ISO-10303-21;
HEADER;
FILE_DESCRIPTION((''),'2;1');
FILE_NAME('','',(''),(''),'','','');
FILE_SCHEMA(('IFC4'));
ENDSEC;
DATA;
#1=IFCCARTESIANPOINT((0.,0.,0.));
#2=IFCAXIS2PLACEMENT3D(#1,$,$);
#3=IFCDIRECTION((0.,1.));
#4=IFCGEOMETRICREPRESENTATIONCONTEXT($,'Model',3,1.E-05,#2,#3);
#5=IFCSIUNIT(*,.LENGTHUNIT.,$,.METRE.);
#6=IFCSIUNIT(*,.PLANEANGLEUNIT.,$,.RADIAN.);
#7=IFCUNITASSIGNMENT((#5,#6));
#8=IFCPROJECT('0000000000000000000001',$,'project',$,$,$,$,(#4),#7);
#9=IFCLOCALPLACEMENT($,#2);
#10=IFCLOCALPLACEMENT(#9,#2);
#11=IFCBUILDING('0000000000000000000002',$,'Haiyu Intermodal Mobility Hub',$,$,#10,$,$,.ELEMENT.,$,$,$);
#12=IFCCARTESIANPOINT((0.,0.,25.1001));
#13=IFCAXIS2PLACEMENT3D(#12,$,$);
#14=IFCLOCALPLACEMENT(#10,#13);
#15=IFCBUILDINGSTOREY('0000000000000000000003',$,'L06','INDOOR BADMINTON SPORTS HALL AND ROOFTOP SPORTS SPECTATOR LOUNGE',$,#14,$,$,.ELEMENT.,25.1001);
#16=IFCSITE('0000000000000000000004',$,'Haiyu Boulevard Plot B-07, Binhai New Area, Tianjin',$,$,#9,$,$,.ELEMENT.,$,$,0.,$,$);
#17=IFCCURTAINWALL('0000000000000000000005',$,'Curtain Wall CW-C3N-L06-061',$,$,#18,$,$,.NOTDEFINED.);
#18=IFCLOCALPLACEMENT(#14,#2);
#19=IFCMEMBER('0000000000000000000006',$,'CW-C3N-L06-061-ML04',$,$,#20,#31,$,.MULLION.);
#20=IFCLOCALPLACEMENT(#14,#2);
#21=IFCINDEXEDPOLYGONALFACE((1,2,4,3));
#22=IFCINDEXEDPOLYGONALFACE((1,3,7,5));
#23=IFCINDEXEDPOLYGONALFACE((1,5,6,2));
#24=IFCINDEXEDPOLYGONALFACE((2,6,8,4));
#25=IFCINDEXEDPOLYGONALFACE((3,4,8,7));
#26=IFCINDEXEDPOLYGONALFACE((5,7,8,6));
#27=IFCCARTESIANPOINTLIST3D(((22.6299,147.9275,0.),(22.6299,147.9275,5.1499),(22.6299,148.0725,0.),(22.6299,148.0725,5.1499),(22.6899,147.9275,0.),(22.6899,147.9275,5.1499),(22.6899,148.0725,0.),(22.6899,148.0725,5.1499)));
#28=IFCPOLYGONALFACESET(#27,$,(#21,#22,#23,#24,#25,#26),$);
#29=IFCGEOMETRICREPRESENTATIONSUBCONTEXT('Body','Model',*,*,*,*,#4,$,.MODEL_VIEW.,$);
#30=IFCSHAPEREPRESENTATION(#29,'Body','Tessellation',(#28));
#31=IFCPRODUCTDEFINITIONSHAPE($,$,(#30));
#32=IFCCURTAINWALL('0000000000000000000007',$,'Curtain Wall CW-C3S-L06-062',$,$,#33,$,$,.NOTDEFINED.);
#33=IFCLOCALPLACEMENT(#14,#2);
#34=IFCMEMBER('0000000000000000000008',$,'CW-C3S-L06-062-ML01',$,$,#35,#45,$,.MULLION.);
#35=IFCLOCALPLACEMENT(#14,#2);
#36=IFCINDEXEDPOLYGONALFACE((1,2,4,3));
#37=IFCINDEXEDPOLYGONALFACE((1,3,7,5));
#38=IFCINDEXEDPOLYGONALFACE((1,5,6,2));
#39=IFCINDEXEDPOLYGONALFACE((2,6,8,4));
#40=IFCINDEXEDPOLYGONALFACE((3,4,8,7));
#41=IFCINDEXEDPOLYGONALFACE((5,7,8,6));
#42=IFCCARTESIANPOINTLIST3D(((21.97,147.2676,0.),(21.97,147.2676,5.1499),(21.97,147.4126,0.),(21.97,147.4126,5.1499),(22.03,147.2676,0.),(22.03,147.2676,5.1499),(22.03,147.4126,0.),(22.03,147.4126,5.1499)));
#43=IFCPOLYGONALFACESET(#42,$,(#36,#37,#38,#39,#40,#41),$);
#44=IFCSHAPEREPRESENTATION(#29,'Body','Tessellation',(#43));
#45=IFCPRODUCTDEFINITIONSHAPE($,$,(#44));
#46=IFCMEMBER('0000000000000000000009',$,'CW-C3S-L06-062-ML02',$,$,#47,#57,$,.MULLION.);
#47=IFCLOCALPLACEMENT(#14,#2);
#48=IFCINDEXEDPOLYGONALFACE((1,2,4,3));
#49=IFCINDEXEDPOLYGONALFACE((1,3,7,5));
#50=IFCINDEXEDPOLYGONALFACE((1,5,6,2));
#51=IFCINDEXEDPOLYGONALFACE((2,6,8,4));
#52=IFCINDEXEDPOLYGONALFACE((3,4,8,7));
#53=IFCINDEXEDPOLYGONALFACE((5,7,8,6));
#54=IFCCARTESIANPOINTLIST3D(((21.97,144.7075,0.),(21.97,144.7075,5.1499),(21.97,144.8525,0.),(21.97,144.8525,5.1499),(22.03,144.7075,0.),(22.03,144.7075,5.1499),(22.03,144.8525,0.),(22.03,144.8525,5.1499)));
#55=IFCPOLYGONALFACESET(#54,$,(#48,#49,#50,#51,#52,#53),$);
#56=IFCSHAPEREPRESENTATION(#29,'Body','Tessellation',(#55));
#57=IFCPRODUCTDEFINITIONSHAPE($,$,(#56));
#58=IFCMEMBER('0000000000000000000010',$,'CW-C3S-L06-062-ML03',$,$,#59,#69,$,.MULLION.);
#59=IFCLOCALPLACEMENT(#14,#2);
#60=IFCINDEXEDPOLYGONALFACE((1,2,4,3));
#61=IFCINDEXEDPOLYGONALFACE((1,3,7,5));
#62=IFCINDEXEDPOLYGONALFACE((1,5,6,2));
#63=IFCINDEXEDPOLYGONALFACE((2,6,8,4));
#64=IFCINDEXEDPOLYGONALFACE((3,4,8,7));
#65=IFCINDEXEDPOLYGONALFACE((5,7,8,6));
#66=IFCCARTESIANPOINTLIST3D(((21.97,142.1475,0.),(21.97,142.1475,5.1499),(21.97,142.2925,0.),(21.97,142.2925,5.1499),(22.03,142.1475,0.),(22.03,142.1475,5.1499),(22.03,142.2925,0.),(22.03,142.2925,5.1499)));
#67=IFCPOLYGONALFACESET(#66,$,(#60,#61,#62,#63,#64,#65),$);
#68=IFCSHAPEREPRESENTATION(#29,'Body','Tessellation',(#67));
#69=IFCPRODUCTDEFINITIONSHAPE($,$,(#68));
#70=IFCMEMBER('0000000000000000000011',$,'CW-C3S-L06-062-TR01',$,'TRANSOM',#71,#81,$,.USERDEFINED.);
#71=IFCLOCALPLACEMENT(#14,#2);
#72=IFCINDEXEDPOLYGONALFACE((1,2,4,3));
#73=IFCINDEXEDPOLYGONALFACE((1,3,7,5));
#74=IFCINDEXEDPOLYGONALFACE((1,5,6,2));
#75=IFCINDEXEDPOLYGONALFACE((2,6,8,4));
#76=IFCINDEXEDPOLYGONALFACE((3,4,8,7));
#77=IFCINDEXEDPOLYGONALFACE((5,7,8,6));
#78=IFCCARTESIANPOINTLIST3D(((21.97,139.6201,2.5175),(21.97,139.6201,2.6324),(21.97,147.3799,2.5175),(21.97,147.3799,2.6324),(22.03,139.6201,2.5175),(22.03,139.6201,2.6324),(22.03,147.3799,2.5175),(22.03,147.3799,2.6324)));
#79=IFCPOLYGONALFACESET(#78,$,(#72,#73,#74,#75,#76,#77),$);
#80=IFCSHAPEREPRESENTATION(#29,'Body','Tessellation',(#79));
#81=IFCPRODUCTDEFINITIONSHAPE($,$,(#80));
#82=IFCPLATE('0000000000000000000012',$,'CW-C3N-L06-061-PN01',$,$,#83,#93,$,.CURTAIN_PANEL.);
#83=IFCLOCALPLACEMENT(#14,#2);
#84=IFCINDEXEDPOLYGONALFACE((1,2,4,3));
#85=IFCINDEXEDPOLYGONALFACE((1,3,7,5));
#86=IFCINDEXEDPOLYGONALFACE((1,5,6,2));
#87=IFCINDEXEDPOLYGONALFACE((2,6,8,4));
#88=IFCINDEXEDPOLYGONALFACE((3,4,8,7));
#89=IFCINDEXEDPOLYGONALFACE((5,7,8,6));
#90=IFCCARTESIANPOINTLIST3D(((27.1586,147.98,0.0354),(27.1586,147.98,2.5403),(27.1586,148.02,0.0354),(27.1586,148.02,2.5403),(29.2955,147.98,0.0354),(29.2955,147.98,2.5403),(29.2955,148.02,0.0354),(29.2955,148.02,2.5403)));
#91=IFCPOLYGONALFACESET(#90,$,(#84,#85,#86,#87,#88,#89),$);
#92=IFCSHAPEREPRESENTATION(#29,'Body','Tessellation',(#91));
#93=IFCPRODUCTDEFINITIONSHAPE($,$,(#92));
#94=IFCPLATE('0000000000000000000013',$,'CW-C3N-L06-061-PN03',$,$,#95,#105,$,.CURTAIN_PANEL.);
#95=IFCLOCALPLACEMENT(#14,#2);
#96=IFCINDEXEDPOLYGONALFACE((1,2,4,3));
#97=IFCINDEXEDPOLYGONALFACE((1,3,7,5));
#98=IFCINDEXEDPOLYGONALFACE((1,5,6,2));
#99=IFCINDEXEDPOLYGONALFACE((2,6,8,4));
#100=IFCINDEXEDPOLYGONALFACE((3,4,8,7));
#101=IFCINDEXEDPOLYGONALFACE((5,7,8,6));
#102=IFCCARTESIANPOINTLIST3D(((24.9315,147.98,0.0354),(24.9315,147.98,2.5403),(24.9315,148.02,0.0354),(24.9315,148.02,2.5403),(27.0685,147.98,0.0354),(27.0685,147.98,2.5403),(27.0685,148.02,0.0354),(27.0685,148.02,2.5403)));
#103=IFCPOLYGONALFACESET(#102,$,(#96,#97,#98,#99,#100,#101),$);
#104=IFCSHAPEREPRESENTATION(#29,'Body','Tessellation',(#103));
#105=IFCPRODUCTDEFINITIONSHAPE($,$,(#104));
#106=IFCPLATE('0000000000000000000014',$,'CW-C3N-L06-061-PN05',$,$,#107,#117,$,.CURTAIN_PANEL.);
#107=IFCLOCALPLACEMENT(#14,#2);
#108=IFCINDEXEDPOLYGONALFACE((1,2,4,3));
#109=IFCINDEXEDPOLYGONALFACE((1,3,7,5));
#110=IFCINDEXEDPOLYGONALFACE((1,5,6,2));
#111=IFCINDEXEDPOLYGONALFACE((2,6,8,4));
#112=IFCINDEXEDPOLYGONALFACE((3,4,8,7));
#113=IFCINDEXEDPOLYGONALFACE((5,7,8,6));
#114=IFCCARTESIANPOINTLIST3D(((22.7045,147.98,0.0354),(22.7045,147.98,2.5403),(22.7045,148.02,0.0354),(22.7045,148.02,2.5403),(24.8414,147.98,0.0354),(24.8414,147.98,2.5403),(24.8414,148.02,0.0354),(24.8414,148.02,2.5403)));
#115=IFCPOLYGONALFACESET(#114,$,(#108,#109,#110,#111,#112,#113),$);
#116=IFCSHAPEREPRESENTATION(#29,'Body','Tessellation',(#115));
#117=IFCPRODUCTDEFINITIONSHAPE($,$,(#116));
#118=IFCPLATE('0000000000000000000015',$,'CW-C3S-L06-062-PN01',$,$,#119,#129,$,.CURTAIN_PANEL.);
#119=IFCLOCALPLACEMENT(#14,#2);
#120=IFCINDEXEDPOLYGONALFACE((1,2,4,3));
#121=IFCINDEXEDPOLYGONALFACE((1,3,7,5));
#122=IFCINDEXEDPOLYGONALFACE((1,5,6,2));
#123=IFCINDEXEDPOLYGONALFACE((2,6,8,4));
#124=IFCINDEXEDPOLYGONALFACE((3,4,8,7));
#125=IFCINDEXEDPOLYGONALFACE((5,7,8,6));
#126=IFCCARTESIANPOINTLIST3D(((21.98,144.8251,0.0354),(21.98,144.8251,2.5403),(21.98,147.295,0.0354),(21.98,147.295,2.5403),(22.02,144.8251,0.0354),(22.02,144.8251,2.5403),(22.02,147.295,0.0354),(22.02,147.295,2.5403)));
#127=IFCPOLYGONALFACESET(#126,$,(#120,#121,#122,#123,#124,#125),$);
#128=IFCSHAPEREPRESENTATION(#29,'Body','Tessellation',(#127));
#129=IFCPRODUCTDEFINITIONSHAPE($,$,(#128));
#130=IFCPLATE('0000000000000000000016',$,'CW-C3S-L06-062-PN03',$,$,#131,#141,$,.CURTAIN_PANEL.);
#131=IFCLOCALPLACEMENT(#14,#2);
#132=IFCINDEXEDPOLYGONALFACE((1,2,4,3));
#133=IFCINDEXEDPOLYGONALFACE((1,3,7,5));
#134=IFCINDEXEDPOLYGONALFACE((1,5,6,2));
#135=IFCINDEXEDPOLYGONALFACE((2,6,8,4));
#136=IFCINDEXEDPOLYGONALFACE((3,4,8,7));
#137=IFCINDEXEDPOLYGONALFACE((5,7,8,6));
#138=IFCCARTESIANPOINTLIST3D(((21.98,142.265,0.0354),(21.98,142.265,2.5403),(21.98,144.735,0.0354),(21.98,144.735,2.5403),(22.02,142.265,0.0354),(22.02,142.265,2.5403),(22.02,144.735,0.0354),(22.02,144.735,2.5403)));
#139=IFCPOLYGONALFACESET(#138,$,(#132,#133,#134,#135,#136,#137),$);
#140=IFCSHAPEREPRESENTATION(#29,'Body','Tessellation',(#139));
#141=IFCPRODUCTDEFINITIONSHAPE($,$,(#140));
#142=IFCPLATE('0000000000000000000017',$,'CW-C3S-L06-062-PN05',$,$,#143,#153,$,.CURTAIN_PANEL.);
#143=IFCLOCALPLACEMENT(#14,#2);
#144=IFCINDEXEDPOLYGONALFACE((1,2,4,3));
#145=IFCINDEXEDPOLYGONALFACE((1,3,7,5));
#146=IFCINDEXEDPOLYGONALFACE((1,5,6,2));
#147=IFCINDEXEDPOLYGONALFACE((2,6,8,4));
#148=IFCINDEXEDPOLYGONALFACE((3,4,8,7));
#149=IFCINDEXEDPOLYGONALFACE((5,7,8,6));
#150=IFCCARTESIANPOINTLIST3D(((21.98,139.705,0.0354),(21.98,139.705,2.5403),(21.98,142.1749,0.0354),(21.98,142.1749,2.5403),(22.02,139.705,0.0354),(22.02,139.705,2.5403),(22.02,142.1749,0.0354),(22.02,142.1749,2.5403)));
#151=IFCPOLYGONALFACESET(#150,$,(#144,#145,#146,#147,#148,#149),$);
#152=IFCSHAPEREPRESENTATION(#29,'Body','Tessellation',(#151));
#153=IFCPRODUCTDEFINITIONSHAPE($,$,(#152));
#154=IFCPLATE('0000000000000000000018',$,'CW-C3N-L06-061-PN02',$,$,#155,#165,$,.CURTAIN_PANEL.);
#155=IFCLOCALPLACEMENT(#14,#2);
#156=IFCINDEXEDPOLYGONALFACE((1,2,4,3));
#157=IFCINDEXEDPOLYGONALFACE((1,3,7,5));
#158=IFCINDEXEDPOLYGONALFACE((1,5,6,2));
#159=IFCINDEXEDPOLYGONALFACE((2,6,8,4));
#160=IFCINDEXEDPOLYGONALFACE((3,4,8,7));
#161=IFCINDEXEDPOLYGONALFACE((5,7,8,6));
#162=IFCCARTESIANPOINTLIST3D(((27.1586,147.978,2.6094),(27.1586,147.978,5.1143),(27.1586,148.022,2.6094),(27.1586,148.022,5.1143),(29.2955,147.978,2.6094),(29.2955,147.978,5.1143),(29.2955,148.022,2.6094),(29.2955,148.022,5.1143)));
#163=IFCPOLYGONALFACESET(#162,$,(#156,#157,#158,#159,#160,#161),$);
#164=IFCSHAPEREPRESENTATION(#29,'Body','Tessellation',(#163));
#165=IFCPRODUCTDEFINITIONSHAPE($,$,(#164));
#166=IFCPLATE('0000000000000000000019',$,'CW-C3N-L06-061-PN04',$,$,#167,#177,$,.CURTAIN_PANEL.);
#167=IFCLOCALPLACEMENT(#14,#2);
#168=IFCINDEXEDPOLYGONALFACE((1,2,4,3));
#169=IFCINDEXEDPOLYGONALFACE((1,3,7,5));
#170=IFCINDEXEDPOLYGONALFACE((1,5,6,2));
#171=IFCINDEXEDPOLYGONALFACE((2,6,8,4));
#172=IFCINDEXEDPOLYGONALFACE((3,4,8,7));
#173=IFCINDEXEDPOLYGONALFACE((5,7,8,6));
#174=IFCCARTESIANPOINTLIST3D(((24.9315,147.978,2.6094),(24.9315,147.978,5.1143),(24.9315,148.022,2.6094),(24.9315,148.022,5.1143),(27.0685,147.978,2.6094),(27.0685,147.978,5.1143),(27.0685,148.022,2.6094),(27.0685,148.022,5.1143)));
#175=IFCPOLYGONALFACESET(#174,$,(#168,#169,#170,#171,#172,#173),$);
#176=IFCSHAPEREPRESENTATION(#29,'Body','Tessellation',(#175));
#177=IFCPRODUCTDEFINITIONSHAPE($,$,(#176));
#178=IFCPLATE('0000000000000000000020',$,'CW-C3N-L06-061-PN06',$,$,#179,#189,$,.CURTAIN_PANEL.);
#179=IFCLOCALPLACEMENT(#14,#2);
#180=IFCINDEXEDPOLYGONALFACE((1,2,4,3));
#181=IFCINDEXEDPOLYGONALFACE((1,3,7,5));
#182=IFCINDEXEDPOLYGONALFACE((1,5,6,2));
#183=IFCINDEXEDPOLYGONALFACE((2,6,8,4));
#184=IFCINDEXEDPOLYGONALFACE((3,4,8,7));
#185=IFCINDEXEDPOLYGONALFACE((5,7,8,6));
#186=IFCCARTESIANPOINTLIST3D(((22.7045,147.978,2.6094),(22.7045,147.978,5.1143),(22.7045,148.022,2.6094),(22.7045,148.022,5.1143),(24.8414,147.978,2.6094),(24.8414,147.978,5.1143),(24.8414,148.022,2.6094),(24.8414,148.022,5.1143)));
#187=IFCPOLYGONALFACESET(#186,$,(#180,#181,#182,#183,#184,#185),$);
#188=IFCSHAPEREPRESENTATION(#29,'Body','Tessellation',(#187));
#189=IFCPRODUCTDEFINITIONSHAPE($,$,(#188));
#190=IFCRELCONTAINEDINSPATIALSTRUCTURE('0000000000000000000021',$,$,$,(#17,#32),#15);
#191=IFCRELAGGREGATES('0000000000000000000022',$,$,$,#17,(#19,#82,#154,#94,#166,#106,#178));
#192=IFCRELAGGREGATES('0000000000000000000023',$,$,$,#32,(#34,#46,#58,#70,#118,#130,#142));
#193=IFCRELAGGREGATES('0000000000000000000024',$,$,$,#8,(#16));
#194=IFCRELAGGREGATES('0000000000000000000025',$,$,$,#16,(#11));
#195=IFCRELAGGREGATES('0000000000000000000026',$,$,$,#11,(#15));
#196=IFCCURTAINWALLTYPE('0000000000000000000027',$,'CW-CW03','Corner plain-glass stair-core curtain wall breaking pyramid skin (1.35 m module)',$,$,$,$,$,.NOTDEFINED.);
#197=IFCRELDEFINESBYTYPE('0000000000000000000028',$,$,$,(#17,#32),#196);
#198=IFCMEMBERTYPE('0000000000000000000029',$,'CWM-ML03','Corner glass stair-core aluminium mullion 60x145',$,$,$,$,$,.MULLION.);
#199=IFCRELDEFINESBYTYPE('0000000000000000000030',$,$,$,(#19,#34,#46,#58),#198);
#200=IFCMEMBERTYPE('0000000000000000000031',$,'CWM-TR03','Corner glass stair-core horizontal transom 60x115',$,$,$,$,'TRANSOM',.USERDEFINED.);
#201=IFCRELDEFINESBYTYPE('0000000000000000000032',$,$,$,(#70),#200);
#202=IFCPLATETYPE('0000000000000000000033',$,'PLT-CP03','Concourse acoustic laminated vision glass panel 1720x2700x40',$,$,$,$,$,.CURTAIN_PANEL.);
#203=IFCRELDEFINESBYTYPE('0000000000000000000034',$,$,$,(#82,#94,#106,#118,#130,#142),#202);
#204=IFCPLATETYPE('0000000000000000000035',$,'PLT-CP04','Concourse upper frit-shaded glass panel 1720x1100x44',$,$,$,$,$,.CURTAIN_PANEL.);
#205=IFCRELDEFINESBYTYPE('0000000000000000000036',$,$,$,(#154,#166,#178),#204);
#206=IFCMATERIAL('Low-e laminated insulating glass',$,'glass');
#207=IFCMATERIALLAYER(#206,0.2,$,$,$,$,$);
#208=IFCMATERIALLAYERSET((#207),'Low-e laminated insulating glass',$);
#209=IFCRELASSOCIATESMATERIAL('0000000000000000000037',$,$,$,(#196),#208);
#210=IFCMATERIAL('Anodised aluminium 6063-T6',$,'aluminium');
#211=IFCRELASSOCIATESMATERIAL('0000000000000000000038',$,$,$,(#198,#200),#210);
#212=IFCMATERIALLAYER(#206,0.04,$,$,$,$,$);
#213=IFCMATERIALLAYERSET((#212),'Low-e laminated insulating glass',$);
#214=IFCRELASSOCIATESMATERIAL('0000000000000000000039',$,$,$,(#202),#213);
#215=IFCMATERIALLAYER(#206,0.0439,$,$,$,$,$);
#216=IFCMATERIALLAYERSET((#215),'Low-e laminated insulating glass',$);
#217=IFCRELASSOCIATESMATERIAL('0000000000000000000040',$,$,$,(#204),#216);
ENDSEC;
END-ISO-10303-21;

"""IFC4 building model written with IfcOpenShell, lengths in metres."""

from ifc_helpers import new_model, si_unit, direction, frame, origin, origin_2d, place, context, subcontext, project, spatial, rectangle, extrude, material, layer, layer_set, material_profile, profile_set, type_object, element, aggregate, save


model = new_model("IFC4")

# Units and contexts
model_context = context("Model", 3, precision=1e-05, world=origin(), true_north=direction((0.0, 1.0)))
body_context = subcontext(model_context, "Body", "Model", "MODEL_VIEW")
ifc_project = project(units=[si_unit("LENGTHUNIT", "METRE"), si_unit("PLANEANGLEUNIT", "RADIAN")], contexts=[model_context])

# Site, building, storey
site_placement = place(None, origin())
site = spatial("IfcSite", under=ifc_project, at=site_placement, Name="Haiyu Boulevard Plot B-07, Binhai New Area, Tianjin", CompositionType="ELEMENT", RefElevation=0.0)
building_placement = place(site_placement, origin())
building = spatial("IfcBuilding", under=site, at=building_placement, Name="Haiyu Intermodal Mobility Hub", CompositionType="ELEMENT")
storey_placement = place(building_placement, frame((0.0, 0.0, 25.1001)))
storey = spatial("IfcBuildingStorey", under=building, at=storey_placement, Name="L06", Description="INDOOR BADMINTON SPORTS HALL AND ROOFTOP SPORTS SPECTATOR LOUNGE", CompositionType="ELEMENT", Elevation=25.1001)

# Curtain walls, members
ifc_material_1 = material(Name="Low-e laminated insulating glass", Category="glass")
ifc_layer_1 = layer(ifc_material_1, 0.2)
ifc_layer_set_1 = layer_set([ifc_layer_1], Name="Low-e laminated insulating glass")
curtain_wall_type = type_object("IfcCurtainWallType", Name="CW-CW03", Description="Corner plain-glass stair-core curtain wall breaking pyramid skin (1.35 m module)", PredefinedType="NOTDEFINED", material=ifc_layer_set_1)
curtain_wall_1_placement = place(storey_placement, origin())
curtain_wall_1 = element("IfcCurtainWall", 1, at=curtain_wall_1_placement, inside=storey, type_object=curtain_wall_type, Name="Curtain Wall CW-C3N-L06-061", PredefinedType="NOTDEFINED")
ifc_material_2 = material(Name="Anodised aluminium 6063-T6", Category="aluminium")
ifc_material_profile_1 = material_profile(ifc_material_2, rectangle(XDim=0.0601, YDim=0.145, at=origin_2d()), Name="ALU60x145")
ifc_profile_set_1 = profile_set([ifc_material_profile_1], Name="Anodised aluminium 6063-T6")
member_type_1 = type_object("IfcMemberType", Name="CWM-ML03", Description="Corner glass stair-core aluminium mullion 60x145", PredefinedType="MULLION", material=ifc_profile_set_1)
member_1_placement = place(storey_placement, frame((22.6599, 148.0, 0.0), z_axis=(0.0, 0.0, 1.0), x_axis=(1.0, 0.0, 0.0)))
member_1 = element("IfcMember", 2, at=member_1_placement, type_object=member_type_1, Name="CW-C3N-L06-061-ML04", PredefinedType="MULLION", context=body_context, shape_type="SweptSolid", body=[
    extrude(rectangle(XDim=0.0601, YDim=0.145, at=origin_2d()), origin(), (0.0, 0.0, 1.0), 5.1499),
])
curtain_wall_2_placement = place(storey_placement, origin())
curtain_wall_2 = element("IfcCurtainWall", 3, at=curtain_wall_2_placement, inside=storey, type_object=curtain_wall_type, Name="Curtain Wall CW-C3S-L06-062", PredefinedType="NOTDEFINED")
member_2_placement = place(storey_placement, frame((22.0, 147.3401, 0.0), z_axis=(0.0, 0.0, 1.0), x_axis=(1.0, 0.0, 0.0)))
member_2 = element("IfcMember", 4, at=member_2_placement, type_object=member_type_1, Name="CW-C3S-L06-062-ML01", PredefinedType="MULLION", context=body_context, shape_type="SweptSolid", body=[
    extrude(rectangle(XDim=0.0601, YDim=0.145, at=origin_2d()), origin(), (0.0, 0.0, 1.0), 5.1499),
])
member_3_placement = place(storey_placement, frame((22.0, 144.78, 0.0), z_axis=(0.0, 0.0, 1.0), x_axis=(1.0, 0.0, 0.0)))
member_3 = element("IfcMember", 5, at=member_3_placement, type_object=member_type_1, Name="CW-C3S-L06-062-ML02", PredefinedType="MULLION", context=body_context, shape_type="SweptSolid", body=[
    extrude(rectangle(XDim=0.0601, YDim=0.145, at=origin_2d()), origin(), (0.0, 0.0, 1.0), 5.1499),
])
member_4_placement = place(storey_placement, frame((22.0, 142.22, 0.0), z_axis=(0.0, 0.0, 1.0), x_axis=(1.0, 0.0, 0.0)))
member_4 = element("IfcMember", 6, at=member_4_placement, type_object=member_type_1, Name="CW-C3S-L06-062-ML03", PredefinedType="MULLION", context=body_context, shape_type="SweptSolid", body=[
    extrude(rectangle(XDim=0.0601, YDim=0.145, at=origin_2d()), origin(), (0.0, 0.0, 1.0), 5.1499),
])
ifc_material_profile_2 = material_profile(ifc_material_2, rectangle(XDim=0.0601, YDim=0.115, at=origin_2d()), Name="ALU60x115")
ifc_profile_set_2 = profile_set([ifc_material_profile_2], Name="Anodised aluminium 6063-T6")
member_type_2 = type_object("IfcMemberType", Name="CWM-TR03", Description="Corner glass stair-core horizontal transom 60x115", ElementType="TRANSOM", PredefinedType="USERDEFINED", material=ifc_profile_set_2)
member_5_placement = place(storey_placement, frame((22.0, 147.3799, 2.575), z_axis=(0.0, -1.0, 0.0), x_axis=(1.0, 0.0, 0.0)))
member_5 = element("IfcMember", 7, at=member_5_placement, type_object=member_type_2, Name="CW-C3S-L06-062-TR01", ObjectType="TRANSOM", PredefinedType="USERDEFINED", context=body_context, shape_type="SweptSolid", body=[
    extrude(rectangle(XDim=0.0601, YDim=0.115, at=origin_2d()), origin(), (0.0, 0.0, 1.0), 7.7598),
])

# Plates
ifc_layer_2 = layer(ifc_material_1, 0.04)
ifc_layer_set_2 = layer_set([ifc_layer_2], Name="Low-e laminated insulating glass")
plate_type_1 = type_object("IfcPlateType", Name="PLT-CP03", Description="Concourse acoustic laminated vision glass panel 1720x2700x40", PredefinedType="CURTAIN_PANEL", material=ifc_layer_set_2)
plate_1_placement = place(storey_placement, frame((28.2271, 148.0, 0.0354), z_axis=(0.0, 0.0, 1.0), x_axis=(-1.0, 0.0, 0.0)))
plate_1 = element("IfcPlate", 8, at=plate_1_placement, type_object=plate_type_1, Name="CW-C3N-L06-061-PN01", PredefinedType="CURTAIN_PANEL", context=body_context, shape_type="SweptSolid", body=[
    extrude(rectangle(XDim=2.137, YDim=0.04, at=origin_2d()), origin(), (0.0, 0.0, 1.0), 2.5049),
])
plate_2_placement = place(storey_placement, frame((26.0, 148.0, 0.0354), z_axis=(0.0, 0.0, 1.0), x_axis=(-1.0, 0.0, 0.0)))
plate_2 = element("IfcPlate", 9, at=plate_2_placement, type_object=plate_type_1, Name="CW-C3N-L06-061-PN03", PredefinedType="CURTAIN_PANEL", context=body_context, shape_type="SweptSolid", body=[
    extrude(rectangle(XDim=2.137, YDim=0.04, at=origin_2d()), origin(), (0.0, 0.0, 1.0), 2.5049),
])
plate_3_placement = place(storey_placement, frame((23.7729, 148.0, 0.0354), z_axis=(0.0, 0.0, 1.0), x_axis=(-1.0, 0.0, 0.0)))
plate_3 = element("IfcPlate", 10, at=plate_3_placement, type_object=plate_type_1, Name="CW-C3N-L06-061-PN05", PredefinedType="CURTAIN_PANEL", context=body_context, shape_type="SweptSolid", body=[
    extrude(rectangle(XDim=2.137, YDim=0.04, at=origin_2d()), origin(), (0.0, 0.0, 1.0), 2.5049),
])
plate_4_placement = place(storey_placement, frame((22.0, 146.0601, 0.0354), z_axis=(0.0, 0.0, 1.0), x_axis=(0.0, -1.0, 0.0)))
plate_4 = element("IfcPlate", 11, at=plate_4_placement, type_object=plate_type_1, Name="CW-C3S-L06-062-PN01", PredefinedType="CURTAIN_PANEL", context=body_context, shape_type="SweptSolid", body=[
    extrude(rectangle(XDim=2.47, YDim=0.04, at=origin_2d()), origin(), (0.0, 0.0, 1.0), 2.5049),
])
plate_5_placement = place(storey_placement, frame((22.0, 143.5, 0.0354), z_axis=(0.0, 0.0, 1.0), x_axis=(0.0, -1.0, 0.0)))
plate_5 = element("IfcPlate", 12, at=plate_5_placement, type_object=plate_type_1, Name="CW-C3S-L06-062-PN03", PredefinedType="CURTAIN_PANEL", context=body_context, shape_type="SweptSolid", body=[
    extrude(rectangle(XDim=2.47, YDim=0.04, at=origin_2d()), origin(), (0.0, 0.0, 1.0), 2.5049),
])
plate_6_placement = place(storey_placement, frame((22.0, 140.9399, 0.0354), z_axis=(0.0, 0.0, 1.0), x_axis=(0.0, -1.0, 0.0)))
plate_6 = element("IfcPlate", 13, at=plate_6_placement, type_object=plate_type_1, Name="CW-C3S-L06-062-PN05", PredefinedType="CURTAIN_PANEL", context=body_context, shape_type="SweptSolid", body=[
    extrude(rectangle(XDim=2.47, YDim=0.04, at=origin_2d()), origin(), (0.0, 0.0, 1.0), 2.5049),
])
ifc_layer_3 = layer(ifc_material_1, 0.0439)
ifc_layer_set_3 = layer_set([ifc_layer_3], Name="Low-e laminated insulating glass")
plate_type_2 = type_object("IfcPlateType", Name="PLT-CP04", Description="Concourse upper frit-shaded glass panel 1720x1100x44", PredefinedType="CURTAIN_PANEL", material=ifc_layer_set_3)
plate_7_placement = place(storey_placement, frame((28.2271, 148.0, 2.6094), z_axis=(0.0, 0.0, 1.0), x_axis=(-1.0, 0.0, 0.0)))
plate_7 = element("IfcPlate", 14, at=plate_7_placement, type_object=plate_type_2, Name="CW-C3N-L06-061-PN02", PredefinedType="CURTAIN_PANEL", context=body_context, shape_type="SweptSolid", body=[
    extrude(rectangle(XDim=2.137, YDim=0.0439, at=origin_2d()), origin(), (0.0, 0.0, 1.0), 2.5049),
])
plate_8_placement = place(storey_placement, frame((26.0, 148.0, 2.6094), z_axis=(0.0, 0.0, 1.0), x_axis=(-1.0, 0.0, 0.0)))
plate_8 = element("IfcPlate", 15, at=plate_8_placement, type_object=plate_type_2, Name="CW-C3N-L06-061-PN04", PredefinedType="CURTAIN_PANEL", context=body_context, shape_type="SweptSolid", body=[
    extrude(rectangle(XDim=2.137, YDim=0.0439, at=origin_2d()), origin(), (0.0, 0.0, 1.0), 2.5049),
])
plate_9_placement = place(storey_placement, frame((23.7729, 148.0, 2.6094), z_axis=(0.0, 0.0, 1.0), x_axis=(-1.0, 0.0, 0.0)))
plate_9 = element("IfcPlate", 16, at=plate_9_placement, type_object=plate_type_2, Name="CW-C3N-L06-061-PN06", PredefinedType="CURTAIN_PANEL", context=body_context, shape_type="SweptSolid", body=[
    extrude(rectangle(XDim=2.137, YDim=0.0439, at=origin_2d()), origin(), (0.0, 0.0, 1.0), 2.5049),
])
aggregate(curtain_wall_1, [member_1, plate_1, plate_7, plate_2, plate_8, plate_3, plate_9])
aggregate(curtain_wall_2, [member_2, member_3, member_4, member_5, plate_4, plate_5, plate_6])

save(model, "model.ifc")
